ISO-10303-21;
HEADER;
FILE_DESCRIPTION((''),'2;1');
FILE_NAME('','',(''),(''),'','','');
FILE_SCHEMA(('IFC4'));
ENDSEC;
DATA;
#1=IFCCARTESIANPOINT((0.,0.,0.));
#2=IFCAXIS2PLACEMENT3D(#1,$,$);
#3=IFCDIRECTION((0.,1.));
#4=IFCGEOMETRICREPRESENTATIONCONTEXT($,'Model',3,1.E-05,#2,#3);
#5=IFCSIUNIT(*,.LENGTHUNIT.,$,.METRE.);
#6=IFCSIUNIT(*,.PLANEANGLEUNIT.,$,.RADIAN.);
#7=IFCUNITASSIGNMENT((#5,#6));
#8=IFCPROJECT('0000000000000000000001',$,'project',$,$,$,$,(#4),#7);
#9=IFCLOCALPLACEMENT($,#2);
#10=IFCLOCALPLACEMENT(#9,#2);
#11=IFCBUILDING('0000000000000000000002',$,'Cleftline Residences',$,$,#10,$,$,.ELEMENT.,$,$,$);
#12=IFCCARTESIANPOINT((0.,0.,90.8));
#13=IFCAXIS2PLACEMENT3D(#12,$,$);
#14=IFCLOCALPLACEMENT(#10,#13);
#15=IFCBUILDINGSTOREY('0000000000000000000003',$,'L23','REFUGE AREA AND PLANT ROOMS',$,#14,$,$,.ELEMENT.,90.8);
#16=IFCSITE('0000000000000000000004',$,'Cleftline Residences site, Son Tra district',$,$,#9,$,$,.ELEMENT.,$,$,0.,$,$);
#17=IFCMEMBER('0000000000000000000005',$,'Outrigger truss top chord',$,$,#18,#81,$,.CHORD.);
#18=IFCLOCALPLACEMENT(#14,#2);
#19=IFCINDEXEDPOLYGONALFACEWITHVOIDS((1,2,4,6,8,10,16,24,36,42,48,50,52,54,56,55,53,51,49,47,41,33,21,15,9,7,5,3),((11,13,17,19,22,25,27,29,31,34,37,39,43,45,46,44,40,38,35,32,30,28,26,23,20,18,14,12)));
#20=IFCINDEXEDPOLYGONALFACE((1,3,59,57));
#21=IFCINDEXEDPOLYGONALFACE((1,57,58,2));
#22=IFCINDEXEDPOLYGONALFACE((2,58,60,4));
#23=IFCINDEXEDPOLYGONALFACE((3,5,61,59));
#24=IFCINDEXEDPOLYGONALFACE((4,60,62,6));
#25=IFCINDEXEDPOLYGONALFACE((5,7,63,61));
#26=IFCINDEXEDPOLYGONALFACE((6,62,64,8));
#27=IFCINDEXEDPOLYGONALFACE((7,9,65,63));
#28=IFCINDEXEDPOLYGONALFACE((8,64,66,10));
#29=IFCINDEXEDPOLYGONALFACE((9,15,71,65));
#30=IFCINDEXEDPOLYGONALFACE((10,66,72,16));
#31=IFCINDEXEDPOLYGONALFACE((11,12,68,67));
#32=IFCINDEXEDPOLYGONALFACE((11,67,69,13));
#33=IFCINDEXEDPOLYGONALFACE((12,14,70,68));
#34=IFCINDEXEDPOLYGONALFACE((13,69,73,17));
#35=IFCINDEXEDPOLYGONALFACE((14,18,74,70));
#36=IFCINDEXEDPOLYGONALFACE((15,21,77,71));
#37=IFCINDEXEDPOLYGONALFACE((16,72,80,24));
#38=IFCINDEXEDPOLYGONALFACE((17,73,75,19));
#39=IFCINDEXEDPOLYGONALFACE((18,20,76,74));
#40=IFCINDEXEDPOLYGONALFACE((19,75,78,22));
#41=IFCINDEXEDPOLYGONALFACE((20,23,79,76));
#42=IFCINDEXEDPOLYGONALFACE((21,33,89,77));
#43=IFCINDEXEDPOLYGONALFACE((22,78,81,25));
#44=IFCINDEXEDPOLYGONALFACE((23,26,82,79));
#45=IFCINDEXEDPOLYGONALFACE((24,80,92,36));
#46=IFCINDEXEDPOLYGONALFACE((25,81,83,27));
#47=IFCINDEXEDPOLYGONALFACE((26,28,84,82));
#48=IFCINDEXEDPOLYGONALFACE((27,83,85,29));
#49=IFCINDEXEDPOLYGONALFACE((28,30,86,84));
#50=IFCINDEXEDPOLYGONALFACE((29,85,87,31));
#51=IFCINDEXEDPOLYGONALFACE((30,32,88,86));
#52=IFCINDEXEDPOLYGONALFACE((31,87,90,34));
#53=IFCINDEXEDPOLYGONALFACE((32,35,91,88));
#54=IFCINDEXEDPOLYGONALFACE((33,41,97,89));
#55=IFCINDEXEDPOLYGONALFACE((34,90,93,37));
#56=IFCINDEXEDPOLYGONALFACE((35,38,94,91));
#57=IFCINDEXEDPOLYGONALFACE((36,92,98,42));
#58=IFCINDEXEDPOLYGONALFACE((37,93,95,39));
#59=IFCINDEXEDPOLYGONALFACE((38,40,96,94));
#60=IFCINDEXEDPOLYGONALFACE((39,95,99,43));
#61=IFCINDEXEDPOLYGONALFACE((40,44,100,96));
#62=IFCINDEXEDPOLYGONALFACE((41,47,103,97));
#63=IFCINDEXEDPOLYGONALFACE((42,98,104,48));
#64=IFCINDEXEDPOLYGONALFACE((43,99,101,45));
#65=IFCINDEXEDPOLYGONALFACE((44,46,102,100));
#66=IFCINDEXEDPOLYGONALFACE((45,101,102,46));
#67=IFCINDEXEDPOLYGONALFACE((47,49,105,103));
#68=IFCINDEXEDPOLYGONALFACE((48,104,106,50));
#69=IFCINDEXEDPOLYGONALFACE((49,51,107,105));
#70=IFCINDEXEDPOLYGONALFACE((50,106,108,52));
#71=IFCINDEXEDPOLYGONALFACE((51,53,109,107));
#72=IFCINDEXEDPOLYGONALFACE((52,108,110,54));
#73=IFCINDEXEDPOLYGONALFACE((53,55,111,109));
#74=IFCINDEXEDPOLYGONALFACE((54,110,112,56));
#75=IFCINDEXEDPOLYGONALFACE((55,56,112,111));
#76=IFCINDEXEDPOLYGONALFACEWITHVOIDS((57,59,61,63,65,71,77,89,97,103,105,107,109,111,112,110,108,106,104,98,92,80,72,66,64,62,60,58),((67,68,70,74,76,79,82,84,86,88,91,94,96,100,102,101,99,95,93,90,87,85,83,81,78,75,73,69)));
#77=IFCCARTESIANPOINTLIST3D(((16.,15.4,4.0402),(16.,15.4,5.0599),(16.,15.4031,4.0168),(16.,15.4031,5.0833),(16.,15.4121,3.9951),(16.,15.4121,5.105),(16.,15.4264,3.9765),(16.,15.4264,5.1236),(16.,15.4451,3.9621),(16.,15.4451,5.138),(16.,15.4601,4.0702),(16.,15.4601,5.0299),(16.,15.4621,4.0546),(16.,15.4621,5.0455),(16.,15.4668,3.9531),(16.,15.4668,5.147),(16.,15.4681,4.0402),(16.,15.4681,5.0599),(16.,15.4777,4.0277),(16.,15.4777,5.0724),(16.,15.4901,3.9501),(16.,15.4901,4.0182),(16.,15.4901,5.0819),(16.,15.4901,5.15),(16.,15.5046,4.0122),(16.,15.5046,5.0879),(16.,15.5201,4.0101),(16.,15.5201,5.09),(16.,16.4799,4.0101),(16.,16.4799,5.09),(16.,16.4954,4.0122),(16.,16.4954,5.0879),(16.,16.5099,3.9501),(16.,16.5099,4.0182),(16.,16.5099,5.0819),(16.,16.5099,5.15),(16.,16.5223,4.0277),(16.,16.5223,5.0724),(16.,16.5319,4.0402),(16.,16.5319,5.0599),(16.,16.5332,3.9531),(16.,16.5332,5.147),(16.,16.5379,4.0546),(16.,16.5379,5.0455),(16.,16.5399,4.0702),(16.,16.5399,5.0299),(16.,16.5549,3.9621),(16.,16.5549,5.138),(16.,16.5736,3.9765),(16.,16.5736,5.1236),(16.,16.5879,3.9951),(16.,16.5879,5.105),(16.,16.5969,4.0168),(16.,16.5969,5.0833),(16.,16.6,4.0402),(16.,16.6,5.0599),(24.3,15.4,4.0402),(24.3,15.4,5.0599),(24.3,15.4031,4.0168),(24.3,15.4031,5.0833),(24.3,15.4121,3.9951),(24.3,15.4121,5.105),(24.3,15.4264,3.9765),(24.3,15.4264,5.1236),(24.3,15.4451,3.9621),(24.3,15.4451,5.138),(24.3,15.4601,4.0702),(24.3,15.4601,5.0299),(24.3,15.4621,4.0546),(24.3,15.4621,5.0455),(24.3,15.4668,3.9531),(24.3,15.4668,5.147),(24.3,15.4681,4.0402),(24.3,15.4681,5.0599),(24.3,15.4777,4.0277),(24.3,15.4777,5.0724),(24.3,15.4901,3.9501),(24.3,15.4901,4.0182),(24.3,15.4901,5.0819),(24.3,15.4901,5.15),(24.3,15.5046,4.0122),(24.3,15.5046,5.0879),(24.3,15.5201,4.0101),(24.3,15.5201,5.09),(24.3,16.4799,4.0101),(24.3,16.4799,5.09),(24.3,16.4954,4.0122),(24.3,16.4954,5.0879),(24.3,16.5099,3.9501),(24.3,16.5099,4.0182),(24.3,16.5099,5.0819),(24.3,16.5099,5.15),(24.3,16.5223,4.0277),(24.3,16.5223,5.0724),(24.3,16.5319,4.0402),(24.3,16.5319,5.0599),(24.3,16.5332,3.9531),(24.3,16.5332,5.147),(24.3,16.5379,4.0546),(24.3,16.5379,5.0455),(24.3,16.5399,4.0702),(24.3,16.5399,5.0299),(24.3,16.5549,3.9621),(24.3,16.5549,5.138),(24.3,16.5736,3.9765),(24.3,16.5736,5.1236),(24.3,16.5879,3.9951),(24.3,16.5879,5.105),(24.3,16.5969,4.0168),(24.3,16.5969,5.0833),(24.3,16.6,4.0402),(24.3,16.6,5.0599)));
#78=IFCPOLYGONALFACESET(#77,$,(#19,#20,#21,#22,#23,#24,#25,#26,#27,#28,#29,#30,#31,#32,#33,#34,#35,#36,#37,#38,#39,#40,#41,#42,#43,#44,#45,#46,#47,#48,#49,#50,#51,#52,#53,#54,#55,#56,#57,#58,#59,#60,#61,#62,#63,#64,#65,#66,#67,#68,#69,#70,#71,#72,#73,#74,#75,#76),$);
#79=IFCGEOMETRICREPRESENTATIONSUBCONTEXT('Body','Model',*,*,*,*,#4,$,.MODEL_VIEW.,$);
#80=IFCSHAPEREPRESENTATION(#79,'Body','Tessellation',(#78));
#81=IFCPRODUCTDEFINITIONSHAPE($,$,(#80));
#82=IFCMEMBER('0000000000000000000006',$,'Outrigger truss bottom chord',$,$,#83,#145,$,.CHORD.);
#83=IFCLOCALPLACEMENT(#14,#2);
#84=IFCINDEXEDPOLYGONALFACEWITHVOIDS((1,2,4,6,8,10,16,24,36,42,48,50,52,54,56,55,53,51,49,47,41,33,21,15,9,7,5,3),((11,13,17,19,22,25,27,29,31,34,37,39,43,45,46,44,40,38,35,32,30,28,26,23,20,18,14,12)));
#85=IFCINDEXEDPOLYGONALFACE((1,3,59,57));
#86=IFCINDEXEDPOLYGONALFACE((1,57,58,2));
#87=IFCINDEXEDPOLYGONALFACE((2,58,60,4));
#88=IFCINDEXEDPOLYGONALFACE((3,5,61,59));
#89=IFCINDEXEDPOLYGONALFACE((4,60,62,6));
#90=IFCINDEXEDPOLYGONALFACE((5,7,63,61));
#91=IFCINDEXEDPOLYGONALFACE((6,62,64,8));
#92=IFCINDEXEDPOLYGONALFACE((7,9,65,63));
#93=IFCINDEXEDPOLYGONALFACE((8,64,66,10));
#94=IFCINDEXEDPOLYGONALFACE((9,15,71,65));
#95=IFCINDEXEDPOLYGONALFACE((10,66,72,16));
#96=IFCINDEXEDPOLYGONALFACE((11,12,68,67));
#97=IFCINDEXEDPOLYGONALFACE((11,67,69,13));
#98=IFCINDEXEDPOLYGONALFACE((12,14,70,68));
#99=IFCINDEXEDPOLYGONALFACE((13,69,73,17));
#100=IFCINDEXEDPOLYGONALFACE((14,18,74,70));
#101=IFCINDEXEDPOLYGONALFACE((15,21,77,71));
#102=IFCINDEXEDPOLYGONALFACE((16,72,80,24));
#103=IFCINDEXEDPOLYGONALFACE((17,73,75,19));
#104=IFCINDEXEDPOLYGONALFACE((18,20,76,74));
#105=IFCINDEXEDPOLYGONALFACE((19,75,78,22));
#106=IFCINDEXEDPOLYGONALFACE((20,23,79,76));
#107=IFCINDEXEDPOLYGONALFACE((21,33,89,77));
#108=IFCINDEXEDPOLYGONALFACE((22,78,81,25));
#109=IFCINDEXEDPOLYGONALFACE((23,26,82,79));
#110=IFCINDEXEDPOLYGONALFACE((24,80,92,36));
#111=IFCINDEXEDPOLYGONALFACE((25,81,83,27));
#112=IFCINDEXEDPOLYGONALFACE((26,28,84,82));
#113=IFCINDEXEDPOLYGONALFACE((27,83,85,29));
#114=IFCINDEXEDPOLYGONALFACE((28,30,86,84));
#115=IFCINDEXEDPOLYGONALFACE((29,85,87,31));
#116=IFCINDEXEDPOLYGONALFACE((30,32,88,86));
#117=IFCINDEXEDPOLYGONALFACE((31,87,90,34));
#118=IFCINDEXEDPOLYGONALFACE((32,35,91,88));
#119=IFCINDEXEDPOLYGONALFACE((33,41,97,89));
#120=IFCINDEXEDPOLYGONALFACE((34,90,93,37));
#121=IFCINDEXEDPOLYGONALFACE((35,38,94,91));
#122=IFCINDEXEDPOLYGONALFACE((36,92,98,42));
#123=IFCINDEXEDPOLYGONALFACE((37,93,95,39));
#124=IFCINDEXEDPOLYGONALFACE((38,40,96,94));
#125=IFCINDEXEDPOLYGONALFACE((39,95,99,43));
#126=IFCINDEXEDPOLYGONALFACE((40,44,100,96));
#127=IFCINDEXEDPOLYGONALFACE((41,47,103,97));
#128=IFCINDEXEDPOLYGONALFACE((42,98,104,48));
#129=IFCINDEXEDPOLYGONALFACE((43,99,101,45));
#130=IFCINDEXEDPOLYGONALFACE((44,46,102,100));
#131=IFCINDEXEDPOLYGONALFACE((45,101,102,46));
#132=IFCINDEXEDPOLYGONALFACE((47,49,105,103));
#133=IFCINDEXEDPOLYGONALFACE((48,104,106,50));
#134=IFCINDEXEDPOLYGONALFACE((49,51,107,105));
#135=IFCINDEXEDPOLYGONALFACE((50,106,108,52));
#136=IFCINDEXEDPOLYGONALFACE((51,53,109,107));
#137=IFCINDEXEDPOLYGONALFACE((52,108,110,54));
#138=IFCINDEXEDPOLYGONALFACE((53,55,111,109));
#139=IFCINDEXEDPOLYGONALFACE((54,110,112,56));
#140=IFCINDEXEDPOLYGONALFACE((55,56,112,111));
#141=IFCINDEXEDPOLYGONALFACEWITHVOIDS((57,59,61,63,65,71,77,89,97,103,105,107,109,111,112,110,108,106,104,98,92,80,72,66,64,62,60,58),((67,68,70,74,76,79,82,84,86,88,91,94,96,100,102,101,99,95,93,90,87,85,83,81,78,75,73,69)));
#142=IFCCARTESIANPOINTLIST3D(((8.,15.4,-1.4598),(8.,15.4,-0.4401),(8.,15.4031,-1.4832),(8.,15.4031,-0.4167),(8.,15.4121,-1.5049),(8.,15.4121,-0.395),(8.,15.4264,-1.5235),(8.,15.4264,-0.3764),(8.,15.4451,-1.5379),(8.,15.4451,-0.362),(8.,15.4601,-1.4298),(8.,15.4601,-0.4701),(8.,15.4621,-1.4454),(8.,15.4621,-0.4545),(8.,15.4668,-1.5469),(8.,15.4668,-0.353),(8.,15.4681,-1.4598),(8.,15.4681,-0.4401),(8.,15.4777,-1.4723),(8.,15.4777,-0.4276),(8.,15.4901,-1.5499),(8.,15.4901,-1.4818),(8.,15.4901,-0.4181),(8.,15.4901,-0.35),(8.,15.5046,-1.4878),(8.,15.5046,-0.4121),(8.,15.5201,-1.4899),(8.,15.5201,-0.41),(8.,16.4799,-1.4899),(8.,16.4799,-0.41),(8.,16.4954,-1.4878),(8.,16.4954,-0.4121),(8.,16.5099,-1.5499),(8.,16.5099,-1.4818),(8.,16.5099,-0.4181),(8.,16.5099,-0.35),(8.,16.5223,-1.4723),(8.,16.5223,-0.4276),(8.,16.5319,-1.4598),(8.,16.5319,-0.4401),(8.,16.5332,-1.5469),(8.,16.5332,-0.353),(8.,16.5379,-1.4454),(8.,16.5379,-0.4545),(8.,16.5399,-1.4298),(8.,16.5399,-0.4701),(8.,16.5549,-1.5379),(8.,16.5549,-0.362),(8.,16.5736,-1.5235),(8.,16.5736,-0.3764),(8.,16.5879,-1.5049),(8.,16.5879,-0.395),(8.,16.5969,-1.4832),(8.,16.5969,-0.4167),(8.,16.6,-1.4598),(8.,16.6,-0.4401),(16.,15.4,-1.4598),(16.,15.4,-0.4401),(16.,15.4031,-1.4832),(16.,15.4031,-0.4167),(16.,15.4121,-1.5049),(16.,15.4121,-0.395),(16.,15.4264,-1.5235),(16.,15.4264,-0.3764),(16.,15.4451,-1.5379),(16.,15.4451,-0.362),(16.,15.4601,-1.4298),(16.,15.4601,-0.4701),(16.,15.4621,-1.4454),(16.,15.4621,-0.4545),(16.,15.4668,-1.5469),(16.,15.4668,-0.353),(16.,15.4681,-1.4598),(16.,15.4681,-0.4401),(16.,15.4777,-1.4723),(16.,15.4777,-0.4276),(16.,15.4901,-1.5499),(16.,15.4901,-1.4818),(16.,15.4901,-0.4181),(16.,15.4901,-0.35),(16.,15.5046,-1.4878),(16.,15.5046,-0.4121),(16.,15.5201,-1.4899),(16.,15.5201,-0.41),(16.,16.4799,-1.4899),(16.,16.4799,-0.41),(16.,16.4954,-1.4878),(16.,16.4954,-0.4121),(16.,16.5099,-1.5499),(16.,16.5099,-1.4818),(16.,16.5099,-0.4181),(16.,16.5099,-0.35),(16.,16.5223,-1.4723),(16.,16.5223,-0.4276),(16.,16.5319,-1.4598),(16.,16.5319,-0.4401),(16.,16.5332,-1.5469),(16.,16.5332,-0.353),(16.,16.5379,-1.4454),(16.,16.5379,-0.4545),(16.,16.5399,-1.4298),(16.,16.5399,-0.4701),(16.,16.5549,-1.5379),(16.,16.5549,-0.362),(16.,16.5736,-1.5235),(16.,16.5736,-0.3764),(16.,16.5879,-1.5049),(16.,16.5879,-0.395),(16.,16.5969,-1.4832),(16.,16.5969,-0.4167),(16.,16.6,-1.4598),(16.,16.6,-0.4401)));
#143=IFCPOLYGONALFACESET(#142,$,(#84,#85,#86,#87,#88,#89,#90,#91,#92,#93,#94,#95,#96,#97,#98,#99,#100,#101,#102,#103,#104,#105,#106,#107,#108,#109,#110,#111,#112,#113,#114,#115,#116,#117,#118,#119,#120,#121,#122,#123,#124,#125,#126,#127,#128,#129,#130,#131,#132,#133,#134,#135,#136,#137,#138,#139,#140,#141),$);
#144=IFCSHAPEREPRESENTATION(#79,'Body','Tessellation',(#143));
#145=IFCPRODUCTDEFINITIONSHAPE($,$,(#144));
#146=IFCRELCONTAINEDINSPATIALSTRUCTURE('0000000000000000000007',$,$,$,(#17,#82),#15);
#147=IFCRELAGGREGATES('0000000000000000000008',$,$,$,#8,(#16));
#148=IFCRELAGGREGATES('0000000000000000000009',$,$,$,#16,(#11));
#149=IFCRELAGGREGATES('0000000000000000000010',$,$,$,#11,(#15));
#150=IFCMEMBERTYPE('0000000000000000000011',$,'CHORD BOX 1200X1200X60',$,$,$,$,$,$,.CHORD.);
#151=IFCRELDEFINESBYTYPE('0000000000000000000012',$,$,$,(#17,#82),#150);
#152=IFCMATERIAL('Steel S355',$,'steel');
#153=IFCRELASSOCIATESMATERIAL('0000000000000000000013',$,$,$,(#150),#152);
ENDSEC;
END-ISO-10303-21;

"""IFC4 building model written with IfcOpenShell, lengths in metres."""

from ifc_helpers import new_model, si_unit, direction, frame, origin, origin_2d, place, context, subcontext, project, spatial, hollow_rectangle, extrude, material, material_profile, profile_set, type_object, element, save


model = new_model("IFC4")

# Units and contexts
model_context = context("Model", 3, precision=1e-05, world=origin(), true_north=direction((0.0, 1.0)))
body_context = subcontext(model_context, "Body", "Model", "MODEL_VIEW")
ifc_project = project(units=[si_unit("LENGTHUNIT", "METRE"), si_unit("PLANEANGLEUNIT", "RADIAN")], contexts=[model_context])

# Site, building, storey
site_placement = place(None, origin())
site = spatial("IfcSite", under=ifc_project, at=site_placement, Name="Cleftline Residences site, Son Tra district", CompositionType="ELEMENT", RefElevation=0.0)
building_placement = place(site_placement, origin())
building = spatial("IfcBuilding", under=site, at=building_placement, Name="Cleftline Residences", CompositionType="ELEMENT")
storey_placement = place(building_placement, frame((0.0, 0.0, 90.8)))
storey = spatial("IfcBuildingStorey", under=building, at=storey_placement, Name="L23", Description="REFUGE AREA AND PLANT ROOMS", CompositionType="ELEMENT", Elevation=90.8)

# Members
ifc_material_1 = material(Name="Steel S355", Category="steel")
ifc_material_profile_1 = material_profile(ifc_material_1, hollow_rectangle(XDim=1.2, YDim=1.2, WallThickness=0.0601, InnerFilletRadius=0.0601, OuterFilletRadius=0.0901, at=origin_2d()))
ifc_profile_set_1 = profile_set([ifc_material_profile_1], Name="Steel S355")
member_type_1 = type_object("IfcMemberType", Name="CHORD BOX 1200X1200X60", PredefinedType="CHORD", material=ifc_profile_set_1)
for number, where, z_axis, x_axis, name in (
    (1, (24.3, 16.0, 4.55), (-1.0, 0.0, 0.0), (0.0, -1.0, 0.0), "Outrigger truss top chord"),
):
    element("IfcMember", number, at=place(storey_placement, frame(where, z_axis=z_axis, x_axis=x_axis)), inside=storey, type_object=member_type_1, Name=name, PredefinedType="CHORD", context=body_context, shape_type="SweptSolid", body=[
        extrude(hollow_rectangle(XDim=1.2, YDim=1.2, WallThickness=0.0601, InnerFilletRadius=0.0601, OuterFilletRadius=0.0901, at=origin_2d()), origin(), (0.0, 0.0, 1.0), 8.3),
    ])
for number, where, z_axis, x_axis, name in (
    (2, (16.0, 16.0, -0.95), (-1.0, 0.0, 0.0), (0.0, -1.0, 0.0), "Outrigger truss bottom chord"),
):
    element("IfcMember", number, at=place(storey_placement, frame(where, z_axis=z_axis, x_axis=x_axis)), inside=storey, type_object=member_type_1, Name=name, PredefinedType="CHORD", context=body_context, shape_type="SweptSolid", body=[
        extrude(hollow_rectangle(XDim=1.2, YDim=1.2, WallThickness=0.0601, InnerFilletRadius=0.0601, OuterFilletRadius=0.0901, at=origin_2d()), origin(), (0.0, 0.0, 1.0), 8.0),
    ])

save(model, "model.ifc")
